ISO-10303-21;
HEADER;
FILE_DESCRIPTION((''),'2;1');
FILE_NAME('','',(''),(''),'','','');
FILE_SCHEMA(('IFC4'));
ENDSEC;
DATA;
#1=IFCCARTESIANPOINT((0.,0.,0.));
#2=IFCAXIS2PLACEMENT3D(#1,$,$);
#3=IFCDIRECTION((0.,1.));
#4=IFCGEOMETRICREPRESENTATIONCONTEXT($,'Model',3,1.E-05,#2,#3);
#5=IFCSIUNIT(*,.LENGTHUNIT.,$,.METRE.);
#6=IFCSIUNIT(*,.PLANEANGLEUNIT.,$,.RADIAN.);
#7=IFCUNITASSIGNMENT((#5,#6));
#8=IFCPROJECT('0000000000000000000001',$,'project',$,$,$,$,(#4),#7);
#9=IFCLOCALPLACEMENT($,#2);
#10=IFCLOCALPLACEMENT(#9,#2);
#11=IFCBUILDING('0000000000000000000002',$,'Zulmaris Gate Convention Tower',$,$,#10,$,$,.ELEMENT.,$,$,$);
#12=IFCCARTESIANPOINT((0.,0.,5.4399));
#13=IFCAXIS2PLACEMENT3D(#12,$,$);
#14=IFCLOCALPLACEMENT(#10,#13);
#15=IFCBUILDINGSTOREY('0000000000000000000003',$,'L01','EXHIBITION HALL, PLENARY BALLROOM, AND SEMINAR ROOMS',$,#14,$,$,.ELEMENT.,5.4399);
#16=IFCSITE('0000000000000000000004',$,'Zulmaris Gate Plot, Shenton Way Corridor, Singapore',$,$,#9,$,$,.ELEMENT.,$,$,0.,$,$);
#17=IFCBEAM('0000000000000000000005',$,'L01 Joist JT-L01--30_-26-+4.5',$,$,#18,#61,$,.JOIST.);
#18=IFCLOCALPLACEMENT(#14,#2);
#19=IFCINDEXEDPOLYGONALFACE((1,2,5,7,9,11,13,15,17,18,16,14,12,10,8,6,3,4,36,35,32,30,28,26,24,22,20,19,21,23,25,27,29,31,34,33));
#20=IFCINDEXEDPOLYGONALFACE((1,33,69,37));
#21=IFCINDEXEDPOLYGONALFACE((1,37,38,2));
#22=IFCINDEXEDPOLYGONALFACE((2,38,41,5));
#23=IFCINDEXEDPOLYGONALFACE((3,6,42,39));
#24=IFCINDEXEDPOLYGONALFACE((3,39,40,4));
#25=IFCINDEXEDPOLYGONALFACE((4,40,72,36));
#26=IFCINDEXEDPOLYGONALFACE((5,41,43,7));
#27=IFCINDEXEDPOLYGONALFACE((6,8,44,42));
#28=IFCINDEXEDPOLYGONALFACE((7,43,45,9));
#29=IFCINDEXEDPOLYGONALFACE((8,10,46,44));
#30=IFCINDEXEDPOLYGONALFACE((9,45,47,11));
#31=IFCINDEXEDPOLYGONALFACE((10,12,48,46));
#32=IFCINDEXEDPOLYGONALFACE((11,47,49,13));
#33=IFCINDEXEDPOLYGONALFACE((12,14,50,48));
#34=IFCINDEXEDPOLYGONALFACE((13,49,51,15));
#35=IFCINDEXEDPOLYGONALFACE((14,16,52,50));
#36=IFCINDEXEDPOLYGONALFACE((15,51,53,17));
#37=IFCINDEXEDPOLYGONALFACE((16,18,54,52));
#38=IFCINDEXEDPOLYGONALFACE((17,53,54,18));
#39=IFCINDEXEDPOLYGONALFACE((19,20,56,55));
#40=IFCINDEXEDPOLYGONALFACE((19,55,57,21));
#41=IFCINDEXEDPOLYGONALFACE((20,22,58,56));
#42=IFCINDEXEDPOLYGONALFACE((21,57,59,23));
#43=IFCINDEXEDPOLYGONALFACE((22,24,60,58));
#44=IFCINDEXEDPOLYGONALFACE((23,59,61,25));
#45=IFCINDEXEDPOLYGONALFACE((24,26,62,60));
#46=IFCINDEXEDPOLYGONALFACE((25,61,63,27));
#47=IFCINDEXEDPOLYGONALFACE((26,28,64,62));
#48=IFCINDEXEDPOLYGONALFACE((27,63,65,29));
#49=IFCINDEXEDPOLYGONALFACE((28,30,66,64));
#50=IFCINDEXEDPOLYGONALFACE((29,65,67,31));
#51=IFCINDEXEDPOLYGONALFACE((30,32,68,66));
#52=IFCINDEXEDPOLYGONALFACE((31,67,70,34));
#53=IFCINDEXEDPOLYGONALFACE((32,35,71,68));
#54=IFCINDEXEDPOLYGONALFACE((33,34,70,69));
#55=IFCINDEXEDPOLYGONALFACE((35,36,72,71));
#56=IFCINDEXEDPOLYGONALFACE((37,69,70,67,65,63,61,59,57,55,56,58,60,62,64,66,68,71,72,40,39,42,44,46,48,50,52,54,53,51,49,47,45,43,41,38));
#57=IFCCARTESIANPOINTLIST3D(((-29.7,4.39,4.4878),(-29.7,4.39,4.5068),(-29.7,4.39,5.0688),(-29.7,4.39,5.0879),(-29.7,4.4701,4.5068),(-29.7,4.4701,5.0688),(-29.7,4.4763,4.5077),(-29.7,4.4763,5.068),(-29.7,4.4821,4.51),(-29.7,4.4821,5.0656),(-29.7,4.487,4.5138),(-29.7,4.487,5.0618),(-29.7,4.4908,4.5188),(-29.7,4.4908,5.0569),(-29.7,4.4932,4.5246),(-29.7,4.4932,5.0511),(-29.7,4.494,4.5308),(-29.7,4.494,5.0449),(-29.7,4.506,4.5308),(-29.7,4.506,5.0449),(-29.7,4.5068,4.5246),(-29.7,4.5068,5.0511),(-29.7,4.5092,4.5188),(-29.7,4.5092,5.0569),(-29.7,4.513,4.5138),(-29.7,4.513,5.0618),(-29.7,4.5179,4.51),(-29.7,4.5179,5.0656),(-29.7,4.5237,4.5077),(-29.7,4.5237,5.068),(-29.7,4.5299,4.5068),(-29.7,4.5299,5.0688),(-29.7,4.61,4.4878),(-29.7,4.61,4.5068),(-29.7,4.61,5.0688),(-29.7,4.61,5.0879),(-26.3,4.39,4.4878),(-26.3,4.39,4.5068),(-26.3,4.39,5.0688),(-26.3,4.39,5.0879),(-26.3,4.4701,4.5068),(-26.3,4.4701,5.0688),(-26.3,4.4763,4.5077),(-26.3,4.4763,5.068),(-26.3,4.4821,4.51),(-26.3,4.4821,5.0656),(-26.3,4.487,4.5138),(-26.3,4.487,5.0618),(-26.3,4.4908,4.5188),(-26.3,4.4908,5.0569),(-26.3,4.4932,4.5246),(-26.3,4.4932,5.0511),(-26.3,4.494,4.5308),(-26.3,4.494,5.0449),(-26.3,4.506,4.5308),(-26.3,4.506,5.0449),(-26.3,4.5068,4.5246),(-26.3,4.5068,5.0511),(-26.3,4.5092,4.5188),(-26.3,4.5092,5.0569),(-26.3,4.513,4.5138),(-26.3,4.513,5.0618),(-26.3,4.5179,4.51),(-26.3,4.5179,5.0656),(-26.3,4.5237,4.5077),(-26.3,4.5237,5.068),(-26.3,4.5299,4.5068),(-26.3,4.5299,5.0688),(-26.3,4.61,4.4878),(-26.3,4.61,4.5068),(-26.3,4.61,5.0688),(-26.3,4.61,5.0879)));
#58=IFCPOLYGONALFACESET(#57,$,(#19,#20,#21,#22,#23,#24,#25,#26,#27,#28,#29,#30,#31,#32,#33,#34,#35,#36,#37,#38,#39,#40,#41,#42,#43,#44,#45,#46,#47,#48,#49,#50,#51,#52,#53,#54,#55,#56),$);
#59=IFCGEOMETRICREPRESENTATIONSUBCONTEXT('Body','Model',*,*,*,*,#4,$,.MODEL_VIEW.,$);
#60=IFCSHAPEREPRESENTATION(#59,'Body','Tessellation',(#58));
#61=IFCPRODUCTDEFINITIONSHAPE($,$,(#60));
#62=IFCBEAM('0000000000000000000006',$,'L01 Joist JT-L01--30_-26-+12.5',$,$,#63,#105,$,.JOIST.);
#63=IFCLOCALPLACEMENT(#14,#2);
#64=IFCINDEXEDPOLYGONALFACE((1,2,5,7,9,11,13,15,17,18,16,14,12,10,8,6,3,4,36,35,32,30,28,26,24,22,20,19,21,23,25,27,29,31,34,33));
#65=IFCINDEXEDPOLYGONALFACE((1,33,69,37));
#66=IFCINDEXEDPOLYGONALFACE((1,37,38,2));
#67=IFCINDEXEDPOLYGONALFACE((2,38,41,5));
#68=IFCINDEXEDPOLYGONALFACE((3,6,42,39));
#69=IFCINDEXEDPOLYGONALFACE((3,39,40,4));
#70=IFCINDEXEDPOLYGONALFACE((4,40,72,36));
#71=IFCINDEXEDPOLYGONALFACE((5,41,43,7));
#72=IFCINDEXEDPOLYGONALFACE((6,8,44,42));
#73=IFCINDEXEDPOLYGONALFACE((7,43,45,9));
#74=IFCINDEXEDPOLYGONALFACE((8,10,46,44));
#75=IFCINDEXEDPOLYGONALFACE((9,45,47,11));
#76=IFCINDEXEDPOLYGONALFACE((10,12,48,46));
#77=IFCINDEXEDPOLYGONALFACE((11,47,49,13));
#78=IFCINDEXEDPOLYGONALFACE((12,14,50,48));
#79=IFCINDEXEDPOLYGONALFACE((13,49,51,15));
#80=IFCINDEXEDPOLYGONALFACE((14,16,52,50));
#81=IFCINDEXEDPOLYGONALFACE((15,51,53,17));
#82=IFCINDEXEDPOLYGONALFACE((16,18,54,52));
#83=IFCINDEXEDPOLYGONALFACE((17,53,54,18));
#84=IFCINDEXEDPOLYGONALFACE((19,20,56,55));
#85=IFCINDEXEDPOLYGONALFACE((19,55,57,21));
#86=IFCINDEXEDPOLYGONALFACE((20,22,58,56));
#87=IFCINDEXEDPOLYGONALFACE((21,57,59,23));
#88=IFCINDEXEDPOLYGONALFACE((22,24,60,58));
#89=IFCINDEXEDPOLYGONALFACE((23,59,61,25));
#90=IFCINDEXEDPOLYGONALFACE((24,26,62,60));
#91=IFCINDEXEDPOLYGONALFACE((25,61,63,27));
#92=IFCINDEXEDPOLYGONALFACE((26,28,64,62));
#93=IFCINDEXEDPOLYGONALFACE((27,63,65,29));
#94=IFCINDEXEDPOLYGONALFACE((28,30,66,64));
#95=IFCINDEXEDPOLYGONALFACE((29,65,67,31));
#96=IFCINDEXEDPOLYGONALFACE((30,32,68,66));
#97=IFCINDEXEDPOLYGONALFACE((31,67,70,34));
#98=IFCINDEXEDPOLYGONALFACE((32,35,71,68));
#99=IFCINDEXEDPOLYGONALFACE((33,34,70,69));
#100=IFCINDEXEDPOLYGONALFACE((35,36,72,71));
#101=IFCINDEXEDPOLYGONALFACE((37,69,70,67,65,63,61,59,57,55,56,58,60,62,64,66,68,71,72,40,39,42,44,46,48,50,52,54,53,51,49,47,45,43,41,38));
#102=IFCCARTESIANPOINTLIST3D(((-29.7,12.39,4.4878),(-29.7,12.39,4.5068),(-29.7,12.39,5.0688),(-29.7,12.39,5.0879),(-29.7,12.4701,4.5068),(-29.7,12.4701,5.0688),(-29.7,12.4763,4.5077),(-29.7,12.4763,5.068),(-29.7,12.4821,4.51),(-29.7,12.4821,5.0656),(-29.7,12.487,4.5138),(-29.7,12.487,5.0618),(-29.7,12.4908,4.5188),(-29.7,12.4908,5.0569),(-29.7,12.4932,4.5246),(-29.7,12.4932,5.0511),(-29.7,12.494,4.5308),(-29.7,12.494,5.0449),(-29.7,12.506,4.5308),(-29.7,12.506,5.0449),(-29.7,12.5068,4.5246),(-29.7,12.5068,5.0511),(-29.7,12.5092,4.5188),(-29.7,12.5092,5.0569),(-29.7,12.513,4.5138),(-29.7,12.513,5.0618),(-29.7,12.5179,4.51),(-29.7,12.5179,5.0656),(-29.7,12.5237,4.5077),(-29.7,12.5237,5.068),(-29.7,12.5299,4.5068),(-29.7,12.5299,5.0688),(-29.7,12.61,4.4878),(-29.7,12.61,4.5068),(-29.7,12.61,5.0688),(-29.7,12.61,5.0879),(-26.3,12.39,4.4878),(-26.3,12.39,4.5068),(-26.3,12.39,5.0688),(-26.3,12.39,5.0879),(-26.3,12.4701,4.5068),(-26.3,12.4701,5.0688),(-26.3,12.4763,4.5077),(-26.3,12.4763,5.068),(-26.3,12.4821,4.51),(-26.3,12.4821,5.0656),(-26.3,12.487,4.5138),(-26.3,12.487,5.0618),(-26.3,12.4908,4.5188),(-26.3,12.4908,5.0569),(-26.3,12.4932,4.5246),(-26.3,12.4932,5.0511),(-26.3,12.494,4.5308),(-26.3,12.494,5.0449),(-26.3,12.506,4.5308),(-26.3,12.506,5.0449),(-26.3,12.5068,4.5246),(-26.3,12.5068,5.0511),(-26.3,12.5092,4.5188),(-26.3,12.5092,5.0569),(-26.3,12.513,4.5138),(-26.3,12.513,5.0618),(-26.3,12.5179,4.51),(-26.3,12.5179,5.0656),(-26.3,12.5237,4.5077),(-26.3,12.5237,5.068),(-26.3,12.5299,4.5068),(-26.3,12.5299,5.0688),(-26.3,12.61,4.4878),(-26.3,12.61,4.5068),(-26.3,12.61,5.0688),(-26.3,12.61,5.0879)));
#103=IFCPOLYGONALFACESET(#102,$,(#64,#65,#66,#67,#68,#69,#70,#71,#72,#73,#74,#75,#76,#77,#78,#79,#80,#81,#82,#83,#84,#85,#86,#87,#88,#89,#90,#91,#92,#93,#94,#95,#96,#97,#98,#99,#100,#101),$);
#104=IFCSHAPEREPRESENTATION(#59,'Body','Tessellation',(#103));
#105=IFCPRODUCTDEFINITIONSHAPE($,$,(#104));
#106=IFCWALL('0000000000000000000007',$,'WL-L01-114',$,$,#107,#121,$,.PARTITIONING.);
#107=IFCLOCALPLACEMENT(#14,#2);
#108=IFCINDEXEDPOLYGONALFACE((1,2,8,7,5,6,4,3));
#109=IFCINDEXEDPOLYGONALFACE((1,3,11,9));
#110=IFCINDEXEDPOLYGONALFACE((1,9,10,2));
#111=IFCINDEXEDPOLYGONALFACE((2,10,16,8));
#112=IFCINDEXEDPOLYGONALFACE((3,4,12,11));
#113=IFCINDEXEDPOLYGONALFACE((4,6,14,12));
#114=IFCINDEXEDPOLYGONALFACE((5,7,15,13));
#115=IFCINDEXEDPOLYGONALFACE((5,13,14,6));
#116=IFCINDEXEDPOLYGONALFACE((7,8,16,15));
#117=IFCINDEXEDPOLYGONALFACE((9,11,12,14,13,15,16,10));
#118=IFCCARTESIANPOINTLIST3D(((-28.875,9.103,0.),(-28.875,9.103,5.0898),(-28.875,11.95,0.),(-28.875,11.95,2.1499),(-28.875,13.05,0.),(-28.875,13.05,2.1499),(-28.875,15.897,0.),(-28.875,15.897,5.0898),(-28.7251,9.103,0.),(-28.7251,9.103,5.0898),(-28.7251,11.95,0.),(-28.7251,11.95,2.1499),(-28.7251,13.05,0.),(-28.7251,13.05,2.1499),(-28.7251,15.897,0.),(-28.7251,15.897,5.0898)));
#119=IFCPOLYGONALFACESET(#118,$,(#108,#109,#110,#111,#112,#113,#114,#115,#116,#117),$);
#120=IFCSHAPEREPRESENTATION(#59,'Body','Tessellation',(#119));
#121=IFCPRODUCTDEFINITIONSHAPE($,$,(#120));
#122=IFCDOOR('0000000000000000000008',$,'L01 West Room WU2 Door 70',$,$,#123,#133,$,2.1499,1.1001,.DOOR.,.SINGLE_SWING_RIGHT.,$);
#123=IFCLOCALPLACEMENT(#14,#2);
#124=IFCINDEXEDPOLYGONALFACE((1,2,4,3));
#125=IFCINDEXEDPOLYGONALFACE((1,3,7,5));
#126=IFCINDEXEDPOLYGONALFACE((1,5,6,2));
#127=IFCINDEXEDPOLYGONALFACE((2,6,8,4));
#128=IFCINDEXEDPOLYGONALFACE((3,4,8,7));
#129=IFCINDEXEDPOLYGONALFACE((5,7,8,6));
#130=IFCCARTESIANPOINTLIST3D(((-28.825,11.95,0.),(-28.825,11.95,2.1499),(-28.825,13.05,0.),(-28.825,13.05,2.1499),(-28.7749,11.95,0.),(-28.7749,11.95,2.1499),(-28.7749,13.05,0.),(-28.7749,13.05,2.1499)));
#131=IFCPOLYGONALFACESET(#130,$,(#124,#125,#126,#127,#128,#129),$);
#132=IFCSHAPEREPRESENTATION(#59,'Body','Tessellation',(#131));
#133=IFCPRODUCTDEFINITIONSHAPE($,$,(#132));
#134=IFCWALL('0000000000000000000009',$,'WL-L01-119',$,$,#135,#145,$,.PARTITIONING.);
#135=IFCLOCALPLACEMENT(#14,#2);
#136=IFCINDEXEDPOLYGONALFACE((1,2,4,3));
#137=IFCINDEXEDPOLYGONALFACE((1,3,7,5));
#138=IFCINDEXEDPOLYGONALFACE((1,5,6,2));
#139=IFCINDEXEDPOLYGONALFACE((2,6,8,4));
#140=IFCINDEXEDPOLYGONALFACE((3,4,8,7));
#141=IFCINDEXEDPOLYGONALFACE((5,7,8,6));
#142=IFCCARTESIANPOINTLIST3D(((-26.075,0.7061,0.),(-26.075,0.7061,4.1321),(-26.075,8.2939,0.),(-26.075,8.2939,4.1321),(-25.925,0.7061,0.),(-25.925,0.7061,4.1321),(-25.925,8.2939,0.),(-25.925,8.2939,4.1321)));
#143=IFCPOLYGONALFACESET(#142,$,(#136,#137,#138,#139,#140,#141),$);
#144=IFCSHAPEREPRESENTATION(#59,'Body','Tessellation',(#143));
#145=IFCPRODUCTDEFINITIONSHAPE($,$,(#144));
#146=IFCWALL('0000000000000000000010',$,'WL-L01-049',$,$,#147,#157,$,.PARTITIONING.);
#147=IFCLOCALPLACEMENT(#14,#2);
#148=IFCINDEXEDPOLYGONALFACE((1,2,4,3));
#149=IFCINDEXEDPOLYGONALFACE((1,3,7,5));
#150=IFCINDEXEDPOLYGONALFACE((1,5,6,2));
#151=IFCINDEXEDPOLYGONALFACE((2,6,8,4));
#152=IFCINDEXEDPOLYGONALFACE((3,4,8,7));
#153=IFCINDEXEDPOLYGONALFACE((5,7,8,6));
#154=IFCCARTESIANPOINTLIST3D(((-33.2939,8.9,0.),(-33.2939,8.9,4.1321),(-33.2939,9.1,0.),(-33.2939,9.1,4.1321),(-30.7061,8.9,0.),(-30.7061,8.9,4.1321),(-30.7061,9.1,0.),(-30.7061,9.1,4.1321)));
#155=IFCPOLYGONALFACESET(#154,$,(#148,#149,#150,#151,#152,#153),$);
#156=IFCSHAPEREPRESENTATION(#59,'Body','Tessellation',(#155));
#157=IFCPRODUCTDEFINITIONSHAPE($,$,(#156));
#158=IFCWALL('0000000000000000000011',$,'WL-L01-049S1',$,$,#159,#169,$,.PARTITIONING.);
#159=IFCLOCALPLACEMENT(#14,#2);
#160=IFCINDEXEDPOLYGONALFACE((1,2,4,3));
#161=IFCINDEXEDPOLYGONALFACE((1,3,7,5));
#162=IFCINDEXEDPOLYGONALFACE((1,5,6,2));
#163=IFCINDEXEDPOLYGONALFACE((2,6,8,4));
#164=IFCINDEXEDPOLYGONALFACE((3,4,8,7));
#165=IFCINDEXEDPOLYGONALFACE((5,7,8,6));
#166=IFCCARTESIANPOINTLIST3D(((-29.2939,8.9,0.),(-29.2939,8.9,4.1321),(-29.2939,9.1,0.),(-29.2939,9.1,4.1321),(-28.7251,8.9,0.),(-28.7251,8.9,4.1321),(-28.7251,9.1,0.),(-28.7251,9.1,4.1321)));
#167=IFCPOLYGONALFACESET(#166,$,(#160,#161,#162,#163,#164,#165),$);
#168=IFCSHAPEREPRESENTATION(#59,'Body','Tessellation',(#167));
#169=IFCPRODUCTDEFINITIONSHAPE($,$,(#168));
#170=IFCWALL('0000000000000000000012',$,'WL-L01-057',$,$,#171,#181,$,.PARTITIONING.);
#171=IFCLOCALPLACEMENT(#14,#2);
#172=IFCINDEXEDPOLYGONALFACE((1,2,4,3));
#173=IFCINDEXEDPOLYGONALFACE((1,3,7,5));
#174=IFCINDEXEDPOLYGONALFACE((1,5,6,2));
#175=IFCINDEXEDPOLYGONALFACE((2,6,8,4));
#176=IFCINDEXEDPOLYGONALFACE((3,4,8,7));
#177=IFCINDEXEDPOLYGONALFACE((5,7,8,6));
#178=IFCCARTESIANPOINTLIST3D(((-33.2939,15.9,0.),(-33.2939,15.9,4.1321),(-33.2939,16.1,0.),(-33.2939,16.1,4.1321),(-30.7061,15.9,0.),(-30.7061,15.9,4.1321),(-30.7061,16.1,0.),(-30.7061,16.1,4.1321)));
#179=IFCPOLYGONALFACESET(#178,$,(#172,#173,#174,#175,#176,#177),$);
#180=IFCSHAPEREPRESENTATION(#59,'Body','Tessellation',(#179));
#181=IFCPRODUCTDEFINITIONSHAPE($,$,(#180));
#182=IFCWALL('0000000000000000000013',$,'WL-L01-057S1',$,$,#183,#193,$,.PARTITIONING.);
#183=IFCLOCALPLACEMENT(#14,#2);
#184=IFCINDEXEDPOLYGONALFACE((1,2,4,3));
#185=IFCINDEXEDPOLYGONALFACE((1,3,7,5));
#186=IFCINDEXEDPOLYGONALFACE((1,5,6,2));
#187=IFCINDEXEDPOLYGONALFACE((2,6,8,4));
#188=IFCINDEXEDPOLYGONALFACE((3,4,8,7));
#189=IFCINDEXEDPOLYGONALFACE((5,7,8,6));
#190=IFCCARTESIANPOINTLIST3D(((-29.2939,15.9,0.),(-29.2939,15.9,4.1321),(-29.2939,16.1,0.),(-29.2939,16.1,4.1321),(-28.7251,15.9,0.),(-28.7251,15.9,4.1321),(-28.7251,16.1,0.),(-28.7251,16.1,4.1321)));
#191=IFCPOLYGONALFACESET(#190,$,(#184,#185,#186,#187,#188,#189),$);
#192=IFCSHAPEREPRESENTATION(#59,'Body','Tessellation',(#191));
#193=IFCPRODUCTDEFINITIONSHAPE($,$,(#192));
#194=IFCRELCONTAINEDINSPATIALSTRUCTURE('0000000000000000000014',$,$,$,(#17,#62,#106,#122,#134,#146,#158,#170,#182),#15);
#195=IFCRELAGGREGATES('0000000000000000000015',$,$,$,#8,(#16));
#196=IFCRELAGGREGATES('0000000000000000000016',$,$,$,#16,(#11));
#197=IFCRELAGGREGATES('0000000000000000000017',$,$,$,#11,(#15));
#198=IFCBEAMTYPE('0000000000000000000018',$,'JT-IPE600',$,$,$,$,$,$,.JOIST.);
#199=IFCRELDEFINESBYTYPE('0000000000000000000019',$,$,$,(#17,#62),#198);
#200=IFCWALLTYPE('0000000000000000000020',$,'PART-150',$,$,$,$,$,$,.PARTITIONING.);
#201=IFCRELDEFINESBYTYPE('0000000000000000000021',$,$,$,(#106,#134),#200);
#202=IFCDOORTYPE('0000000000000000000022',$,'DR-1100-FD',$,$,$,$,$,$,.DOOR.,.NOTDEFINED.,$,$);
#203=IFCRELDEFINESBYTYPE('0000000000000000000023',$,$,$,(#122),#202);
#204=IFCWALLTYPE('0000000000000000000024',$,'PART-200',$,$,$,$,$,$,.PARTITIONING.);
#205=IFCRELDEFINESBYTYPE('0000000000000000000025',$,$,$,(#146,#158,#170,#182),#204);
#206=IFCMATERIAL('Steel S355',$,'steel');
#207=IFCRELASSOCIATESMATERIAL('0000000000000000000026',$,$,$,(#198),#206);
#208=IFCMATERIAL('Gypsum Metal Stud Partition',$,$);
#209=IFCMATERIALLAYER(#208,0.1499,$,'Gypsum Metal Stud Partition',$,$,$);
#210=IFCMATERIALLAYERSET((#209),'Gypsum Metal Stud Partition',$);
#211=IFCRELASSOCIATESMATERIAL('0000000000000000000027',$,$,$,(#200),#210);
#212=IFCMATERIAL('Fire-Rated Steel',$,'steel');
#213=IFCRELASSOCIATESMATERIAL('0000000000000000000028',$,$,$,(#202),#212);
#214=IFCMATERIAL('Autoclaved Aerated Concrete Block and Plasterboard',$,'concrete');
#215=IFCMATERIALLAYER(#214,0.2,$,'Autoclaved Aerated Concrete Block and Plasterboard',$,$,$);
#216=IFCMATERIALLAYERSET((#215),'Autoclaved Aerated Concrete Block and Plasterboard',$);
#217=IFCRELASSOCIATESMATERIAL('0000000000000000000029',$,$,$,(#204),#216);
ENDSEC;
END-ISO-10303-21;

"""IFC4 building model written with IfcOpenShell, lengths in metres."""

from ifc_helpers import new_model, si_unit, direction, frame, frame_2d, origin, origin_2d, place, context, subcontext, project, spatial, rectangle, i_section, extrude, material, layer, layer_set, material_profile, profile_set, type_object, element, fill, save


model = new_model("IFC4")

# Units and contexts
model_context = context("Model", 3, precision=1e-05, world=origin(), true_north=direction((0.0, 1.0)))
body_context = subcontext(model_context, "Body", "Model", "MODEL_VIEW")
ifc_project = project(units=[si_unit("LENGTHUNIT", "METRE"), si_unit("PLANEANGLEUNIT", "RADIAN")], contexts=[model_context])

# Site, building, storey
site_placement = place(None, origin())
site = spatial("IfcSite", under=ifc_project, at=site_placement, Name="Zulmaris Gate Plot, Shenton Way Corridor, Singapore", CompositionType="ELEMENT", RefElevation=0.0)
building_placement = place(site_placement, origin())
building = spatial("IfcBuilding", under=site, at=building_placement, Name="Zulmaris Gate Convention Tower", CompositionType="ELEMENT")
storey_placement = place(building_placement, frame((0.0, 0.0, 5.4399)))
storey = spatial("IfcBuildingStorey", under=building, at=storey_placement, Name="L01", Description="EXHIBITION HALL, PLENARY BALLROOM, AND SEMINAR ROOMS", CompositionType="ELEMENT", Elevation=5.4399)

# Beams
ifc_material_1 = material(Name="Steel S355", Category="steel")
ifc_material_profile_1 = material_profile(ifc_material_1, i_section(OverallWidth=0.22, OverallDepth=0.6001, WebThickness=0.012, FlangeThickness=0.019, FilletRadius=0.0239, at=origin_2d()), Name="IPE 600")
ifc_profile_set_1 = profile_set([ifc_material_profile_1], Name="Steel S355")
beam_type_1 = type_object("IfcBeamType", Name="JT-IPE600", PredefinedType="JOIST", material=ifc_profile_set_1)
for number, where, z_axis, x_axis, name in (
    (1, (-29.7, 4.5, 4.7878), (1.0, 0.0, 0.0), (0.0, 1.0, 0.0), "L01 Joist JT-L01--30_-26-+4.5"),
    (2, (-29.7, 12.5, 4.7878), (1.0, 0.0, 0.0), (0.0, 1.0, 0.0), "L01 Joist JT-L01--30_-26-+12.5"),
):
    element("IfcBeam", number, at=place(storey_placement, frame(where, z_axis=z_axis, x_axis=x_axis)), inside=storey, type_object=beam_type_1, Name=name, PredefinedType="JOIST", context=body_context, shape_type="SweptSolid", body=[
        extrude(i_section(OverallWidth=0.22, OverallDepth=0.6001, WebThickness=0.012, FlangeThickness=0.019, FilletRadius=0.0239, at=origin_2d()), origin(), (0.0, 0.0, 1.0), 3.3999),
    ])

# Wall, opening, door
ifc_material_2 = material(Name="Gypsum Metal Stud Partition")
ifc_layer_1 = layer(ifc_material_2, 0.1499, Name="Gypsum Metal Stud Partition")
ifc_layer_set_1 = layer_set([ifc_layer_1], Name="Gypsum Metal Stud Partition")
wall_type_1 = type_object("IfcWallType", Name="PART-150", PredefinedType="PARTITIONING", material=ifc_layer_set_1)
ifc_material_3 = material(Name="Fire-Rated Steel", Category="steel")
wall_1_placement = place(storey_placement, frame((-28.8, 9.103, 0.0), z_axis=(0.0, 0.0, 1.0), x_axis=(0.0, 1.0, 0.0)))
wall_1 = element("IfcWall", 3, at=wall_1_placement, inside=storey, type_object=wall_type_1, Name="WL-L01-114", PredefinedType="PARTITIONING", context=body_context, shape_type="SweptSolid", body=[
    extrude(rectangle(XDim=6.7939, YDim=0.1499, at=frame_2d((3.397, 0.0))), origin(), (0.0, 0.0, 1.0), 5.0898),
])
opening_1_placement = place(wall_1_placement, frame((2.8469, 0.0, 0.0)))
opening_1 = element("IfcOpeningElement", 4, at=opening_1_placement, cuts=wall_1, PredefinedType="OPENING", context=body_context, shape_type="SweptSolid", body=[
    extrude(rectangle(XDim=1.1001, YDim=2.1499, at=frame_2d((0.55, 1.075))), frame((0.0, 0.085, 0.0), z_axis=(0.0, -1.0, 0.0), x_axis=(1.0, 0.0, 0.0)), (0.0, 0.0, 1.0), 0.1699),
])
door_type_1 = type_object("IfcDoorType", Name="DR-1100-FD", OperationType="NOTDEFINED", PredefinedType="DOOR", material=ifc_material_3)
door_1_placement = place(opening_1_placement, origin())
door_1 = element("IfcDoor", 5, at=door_1_placement, inside=storey, type_object=door_type_1, Name="L01 West Room WU2 Door 70", OperationType="SINGLE_SWING_RIGHT", OverallHeight=2.1499, OverallWidth=1.1001, PredefinedType="DOOR", context=body_context, shape_type="SweptSolid", body=[
    extrude(rectangle(XDim=1.1001, YDim=2.1499, at=frame_2d((0.55, 1.075))), frame((0.0, 0.0249, 0.0), z_axis=(0.0, -1.0, 0.0), x_axis=(1.0, 0.0, 0.0)), (0.0, 0.0, 1.0), 0.05),
])
fill(opening_1, door_1)

# Walls
wall_2_placement = place(storey_placement, frame((-26.0, 0.7061, 0.0), z_axis=(0.0, 0.0, 1.0), x_axis=(0.0, 1.0, 0.0)))
element("IfcWall", 6, at=wall_2_placement, inside=storey, type_object=wall_type_1, Name="WL-L01-119", PredefinedType="PARTITIONING", context=body_context, shape_type="SweptSolid", body=[
    extrude(rectangle(XDim=7.5879, YDim=0.1499, at=frame_2d((3.7939, 0.0))), origin(), (0.0, 0.0, 1.0), 4.1321),
])
ifc_material_4 = material(Name="Autoclaved Aerated Concrete Block and Plasterboard", Category="concrete")
ifc_layer_2 = layer(ifc_material_4, 0.2, Name="Autoclaved Aerated Concrete Block and Plasterboard")
ifc_layer_set_2 = layer_set([ifc_layer_2], Name="Autoclaved Aerated Concrete Block and Plasterboard")
wall_type_2 = type_object("IfcWallType", Name="PART-200", PredefinedType="PARTITIONING", material=ifc_layer_set_2)
wall_3_placement = place(storey_placement, frame((-33.2939, 9.0, 0.0), z_axis=(0.0, 0.0, 1.0), x_axis=(1.0, 0.0, 0.0)))
element("IfcWall", 7, at=wall_3_placement, inside=storey, type_object=wall_type_2, Name="WL-L01-049", PredefinedType="PARTITIONING", context=body_context, shape_type="SweptSolid", body=[
    extrude(rectangle(XDim=2.5879, YDim=0.2, at=frame_2d((1.2939, 0.0))), origin(), (0.0, 0.0, 1.0), 4.1321),
])
wall_4_placement = place(storey_placement, frame((-29.2939, 9.0, 0.0), z_axis=(0.0, 0.0, 1.0), x_axis=(1.0, 0.0, 0.0)))
element("IfcWall", 8, at=wall_4_placement, inside=storey, type_object=wall_type_2, Name="WL-L01-049S1", PredefinedType="PARTITIONING", context=body_context, shape_type="SweptSolid", body=[
    extrude(rectangle(XDim=0.5688, YDim=0.2, at=frame_2d((0.2844, 0.0))), origin(), (0.0, 0.0, 1.0), 4.1321),
])
wall_5_placement = place(storey_placement, frame((-33.2939, 16.0, 0.0), z_axis=(0.0, 0.0, 1.0), x_axis=(1.0, 0.0, 0.0)))
element("IfcWall", 9, at=wall_5_placement, inside=storey, type_object=wall_type_2, Name="WL-L01-057", PredefinedType="PARTITIONING", context=body_context, shape_type="SweptSolid", body=[
    extrude(rectangle(XDim=2.5879, YDim=0.2, at=frame_2d((1.2939, 0.0))), origin(), (0.0, 0.0, 1.0), 4.1321),
])
wall_6_placement = place(storey_placement, frame((-29.2939, 16.0, 0.0), z_axis=(0.0, 0.0, 1.0), x_axis=(1.0, 0.0, 0.0)))
element("IfcWall", 10, at=wall_6_placement, inside=storey, type_object=wall_type_2, Name="WL-L01-057S1", PredefinedType="PARTITIONING", context=body_context, shape_type="SweptSolid", body=[
    extrude(rectangle(XDim=0.5688, YDim=0.2, at=frame_2d((0.2844, 0.0))), origin(), (0.0, 0.0, 1.0), 4.1321),
])

save(model, "model.ifc")
